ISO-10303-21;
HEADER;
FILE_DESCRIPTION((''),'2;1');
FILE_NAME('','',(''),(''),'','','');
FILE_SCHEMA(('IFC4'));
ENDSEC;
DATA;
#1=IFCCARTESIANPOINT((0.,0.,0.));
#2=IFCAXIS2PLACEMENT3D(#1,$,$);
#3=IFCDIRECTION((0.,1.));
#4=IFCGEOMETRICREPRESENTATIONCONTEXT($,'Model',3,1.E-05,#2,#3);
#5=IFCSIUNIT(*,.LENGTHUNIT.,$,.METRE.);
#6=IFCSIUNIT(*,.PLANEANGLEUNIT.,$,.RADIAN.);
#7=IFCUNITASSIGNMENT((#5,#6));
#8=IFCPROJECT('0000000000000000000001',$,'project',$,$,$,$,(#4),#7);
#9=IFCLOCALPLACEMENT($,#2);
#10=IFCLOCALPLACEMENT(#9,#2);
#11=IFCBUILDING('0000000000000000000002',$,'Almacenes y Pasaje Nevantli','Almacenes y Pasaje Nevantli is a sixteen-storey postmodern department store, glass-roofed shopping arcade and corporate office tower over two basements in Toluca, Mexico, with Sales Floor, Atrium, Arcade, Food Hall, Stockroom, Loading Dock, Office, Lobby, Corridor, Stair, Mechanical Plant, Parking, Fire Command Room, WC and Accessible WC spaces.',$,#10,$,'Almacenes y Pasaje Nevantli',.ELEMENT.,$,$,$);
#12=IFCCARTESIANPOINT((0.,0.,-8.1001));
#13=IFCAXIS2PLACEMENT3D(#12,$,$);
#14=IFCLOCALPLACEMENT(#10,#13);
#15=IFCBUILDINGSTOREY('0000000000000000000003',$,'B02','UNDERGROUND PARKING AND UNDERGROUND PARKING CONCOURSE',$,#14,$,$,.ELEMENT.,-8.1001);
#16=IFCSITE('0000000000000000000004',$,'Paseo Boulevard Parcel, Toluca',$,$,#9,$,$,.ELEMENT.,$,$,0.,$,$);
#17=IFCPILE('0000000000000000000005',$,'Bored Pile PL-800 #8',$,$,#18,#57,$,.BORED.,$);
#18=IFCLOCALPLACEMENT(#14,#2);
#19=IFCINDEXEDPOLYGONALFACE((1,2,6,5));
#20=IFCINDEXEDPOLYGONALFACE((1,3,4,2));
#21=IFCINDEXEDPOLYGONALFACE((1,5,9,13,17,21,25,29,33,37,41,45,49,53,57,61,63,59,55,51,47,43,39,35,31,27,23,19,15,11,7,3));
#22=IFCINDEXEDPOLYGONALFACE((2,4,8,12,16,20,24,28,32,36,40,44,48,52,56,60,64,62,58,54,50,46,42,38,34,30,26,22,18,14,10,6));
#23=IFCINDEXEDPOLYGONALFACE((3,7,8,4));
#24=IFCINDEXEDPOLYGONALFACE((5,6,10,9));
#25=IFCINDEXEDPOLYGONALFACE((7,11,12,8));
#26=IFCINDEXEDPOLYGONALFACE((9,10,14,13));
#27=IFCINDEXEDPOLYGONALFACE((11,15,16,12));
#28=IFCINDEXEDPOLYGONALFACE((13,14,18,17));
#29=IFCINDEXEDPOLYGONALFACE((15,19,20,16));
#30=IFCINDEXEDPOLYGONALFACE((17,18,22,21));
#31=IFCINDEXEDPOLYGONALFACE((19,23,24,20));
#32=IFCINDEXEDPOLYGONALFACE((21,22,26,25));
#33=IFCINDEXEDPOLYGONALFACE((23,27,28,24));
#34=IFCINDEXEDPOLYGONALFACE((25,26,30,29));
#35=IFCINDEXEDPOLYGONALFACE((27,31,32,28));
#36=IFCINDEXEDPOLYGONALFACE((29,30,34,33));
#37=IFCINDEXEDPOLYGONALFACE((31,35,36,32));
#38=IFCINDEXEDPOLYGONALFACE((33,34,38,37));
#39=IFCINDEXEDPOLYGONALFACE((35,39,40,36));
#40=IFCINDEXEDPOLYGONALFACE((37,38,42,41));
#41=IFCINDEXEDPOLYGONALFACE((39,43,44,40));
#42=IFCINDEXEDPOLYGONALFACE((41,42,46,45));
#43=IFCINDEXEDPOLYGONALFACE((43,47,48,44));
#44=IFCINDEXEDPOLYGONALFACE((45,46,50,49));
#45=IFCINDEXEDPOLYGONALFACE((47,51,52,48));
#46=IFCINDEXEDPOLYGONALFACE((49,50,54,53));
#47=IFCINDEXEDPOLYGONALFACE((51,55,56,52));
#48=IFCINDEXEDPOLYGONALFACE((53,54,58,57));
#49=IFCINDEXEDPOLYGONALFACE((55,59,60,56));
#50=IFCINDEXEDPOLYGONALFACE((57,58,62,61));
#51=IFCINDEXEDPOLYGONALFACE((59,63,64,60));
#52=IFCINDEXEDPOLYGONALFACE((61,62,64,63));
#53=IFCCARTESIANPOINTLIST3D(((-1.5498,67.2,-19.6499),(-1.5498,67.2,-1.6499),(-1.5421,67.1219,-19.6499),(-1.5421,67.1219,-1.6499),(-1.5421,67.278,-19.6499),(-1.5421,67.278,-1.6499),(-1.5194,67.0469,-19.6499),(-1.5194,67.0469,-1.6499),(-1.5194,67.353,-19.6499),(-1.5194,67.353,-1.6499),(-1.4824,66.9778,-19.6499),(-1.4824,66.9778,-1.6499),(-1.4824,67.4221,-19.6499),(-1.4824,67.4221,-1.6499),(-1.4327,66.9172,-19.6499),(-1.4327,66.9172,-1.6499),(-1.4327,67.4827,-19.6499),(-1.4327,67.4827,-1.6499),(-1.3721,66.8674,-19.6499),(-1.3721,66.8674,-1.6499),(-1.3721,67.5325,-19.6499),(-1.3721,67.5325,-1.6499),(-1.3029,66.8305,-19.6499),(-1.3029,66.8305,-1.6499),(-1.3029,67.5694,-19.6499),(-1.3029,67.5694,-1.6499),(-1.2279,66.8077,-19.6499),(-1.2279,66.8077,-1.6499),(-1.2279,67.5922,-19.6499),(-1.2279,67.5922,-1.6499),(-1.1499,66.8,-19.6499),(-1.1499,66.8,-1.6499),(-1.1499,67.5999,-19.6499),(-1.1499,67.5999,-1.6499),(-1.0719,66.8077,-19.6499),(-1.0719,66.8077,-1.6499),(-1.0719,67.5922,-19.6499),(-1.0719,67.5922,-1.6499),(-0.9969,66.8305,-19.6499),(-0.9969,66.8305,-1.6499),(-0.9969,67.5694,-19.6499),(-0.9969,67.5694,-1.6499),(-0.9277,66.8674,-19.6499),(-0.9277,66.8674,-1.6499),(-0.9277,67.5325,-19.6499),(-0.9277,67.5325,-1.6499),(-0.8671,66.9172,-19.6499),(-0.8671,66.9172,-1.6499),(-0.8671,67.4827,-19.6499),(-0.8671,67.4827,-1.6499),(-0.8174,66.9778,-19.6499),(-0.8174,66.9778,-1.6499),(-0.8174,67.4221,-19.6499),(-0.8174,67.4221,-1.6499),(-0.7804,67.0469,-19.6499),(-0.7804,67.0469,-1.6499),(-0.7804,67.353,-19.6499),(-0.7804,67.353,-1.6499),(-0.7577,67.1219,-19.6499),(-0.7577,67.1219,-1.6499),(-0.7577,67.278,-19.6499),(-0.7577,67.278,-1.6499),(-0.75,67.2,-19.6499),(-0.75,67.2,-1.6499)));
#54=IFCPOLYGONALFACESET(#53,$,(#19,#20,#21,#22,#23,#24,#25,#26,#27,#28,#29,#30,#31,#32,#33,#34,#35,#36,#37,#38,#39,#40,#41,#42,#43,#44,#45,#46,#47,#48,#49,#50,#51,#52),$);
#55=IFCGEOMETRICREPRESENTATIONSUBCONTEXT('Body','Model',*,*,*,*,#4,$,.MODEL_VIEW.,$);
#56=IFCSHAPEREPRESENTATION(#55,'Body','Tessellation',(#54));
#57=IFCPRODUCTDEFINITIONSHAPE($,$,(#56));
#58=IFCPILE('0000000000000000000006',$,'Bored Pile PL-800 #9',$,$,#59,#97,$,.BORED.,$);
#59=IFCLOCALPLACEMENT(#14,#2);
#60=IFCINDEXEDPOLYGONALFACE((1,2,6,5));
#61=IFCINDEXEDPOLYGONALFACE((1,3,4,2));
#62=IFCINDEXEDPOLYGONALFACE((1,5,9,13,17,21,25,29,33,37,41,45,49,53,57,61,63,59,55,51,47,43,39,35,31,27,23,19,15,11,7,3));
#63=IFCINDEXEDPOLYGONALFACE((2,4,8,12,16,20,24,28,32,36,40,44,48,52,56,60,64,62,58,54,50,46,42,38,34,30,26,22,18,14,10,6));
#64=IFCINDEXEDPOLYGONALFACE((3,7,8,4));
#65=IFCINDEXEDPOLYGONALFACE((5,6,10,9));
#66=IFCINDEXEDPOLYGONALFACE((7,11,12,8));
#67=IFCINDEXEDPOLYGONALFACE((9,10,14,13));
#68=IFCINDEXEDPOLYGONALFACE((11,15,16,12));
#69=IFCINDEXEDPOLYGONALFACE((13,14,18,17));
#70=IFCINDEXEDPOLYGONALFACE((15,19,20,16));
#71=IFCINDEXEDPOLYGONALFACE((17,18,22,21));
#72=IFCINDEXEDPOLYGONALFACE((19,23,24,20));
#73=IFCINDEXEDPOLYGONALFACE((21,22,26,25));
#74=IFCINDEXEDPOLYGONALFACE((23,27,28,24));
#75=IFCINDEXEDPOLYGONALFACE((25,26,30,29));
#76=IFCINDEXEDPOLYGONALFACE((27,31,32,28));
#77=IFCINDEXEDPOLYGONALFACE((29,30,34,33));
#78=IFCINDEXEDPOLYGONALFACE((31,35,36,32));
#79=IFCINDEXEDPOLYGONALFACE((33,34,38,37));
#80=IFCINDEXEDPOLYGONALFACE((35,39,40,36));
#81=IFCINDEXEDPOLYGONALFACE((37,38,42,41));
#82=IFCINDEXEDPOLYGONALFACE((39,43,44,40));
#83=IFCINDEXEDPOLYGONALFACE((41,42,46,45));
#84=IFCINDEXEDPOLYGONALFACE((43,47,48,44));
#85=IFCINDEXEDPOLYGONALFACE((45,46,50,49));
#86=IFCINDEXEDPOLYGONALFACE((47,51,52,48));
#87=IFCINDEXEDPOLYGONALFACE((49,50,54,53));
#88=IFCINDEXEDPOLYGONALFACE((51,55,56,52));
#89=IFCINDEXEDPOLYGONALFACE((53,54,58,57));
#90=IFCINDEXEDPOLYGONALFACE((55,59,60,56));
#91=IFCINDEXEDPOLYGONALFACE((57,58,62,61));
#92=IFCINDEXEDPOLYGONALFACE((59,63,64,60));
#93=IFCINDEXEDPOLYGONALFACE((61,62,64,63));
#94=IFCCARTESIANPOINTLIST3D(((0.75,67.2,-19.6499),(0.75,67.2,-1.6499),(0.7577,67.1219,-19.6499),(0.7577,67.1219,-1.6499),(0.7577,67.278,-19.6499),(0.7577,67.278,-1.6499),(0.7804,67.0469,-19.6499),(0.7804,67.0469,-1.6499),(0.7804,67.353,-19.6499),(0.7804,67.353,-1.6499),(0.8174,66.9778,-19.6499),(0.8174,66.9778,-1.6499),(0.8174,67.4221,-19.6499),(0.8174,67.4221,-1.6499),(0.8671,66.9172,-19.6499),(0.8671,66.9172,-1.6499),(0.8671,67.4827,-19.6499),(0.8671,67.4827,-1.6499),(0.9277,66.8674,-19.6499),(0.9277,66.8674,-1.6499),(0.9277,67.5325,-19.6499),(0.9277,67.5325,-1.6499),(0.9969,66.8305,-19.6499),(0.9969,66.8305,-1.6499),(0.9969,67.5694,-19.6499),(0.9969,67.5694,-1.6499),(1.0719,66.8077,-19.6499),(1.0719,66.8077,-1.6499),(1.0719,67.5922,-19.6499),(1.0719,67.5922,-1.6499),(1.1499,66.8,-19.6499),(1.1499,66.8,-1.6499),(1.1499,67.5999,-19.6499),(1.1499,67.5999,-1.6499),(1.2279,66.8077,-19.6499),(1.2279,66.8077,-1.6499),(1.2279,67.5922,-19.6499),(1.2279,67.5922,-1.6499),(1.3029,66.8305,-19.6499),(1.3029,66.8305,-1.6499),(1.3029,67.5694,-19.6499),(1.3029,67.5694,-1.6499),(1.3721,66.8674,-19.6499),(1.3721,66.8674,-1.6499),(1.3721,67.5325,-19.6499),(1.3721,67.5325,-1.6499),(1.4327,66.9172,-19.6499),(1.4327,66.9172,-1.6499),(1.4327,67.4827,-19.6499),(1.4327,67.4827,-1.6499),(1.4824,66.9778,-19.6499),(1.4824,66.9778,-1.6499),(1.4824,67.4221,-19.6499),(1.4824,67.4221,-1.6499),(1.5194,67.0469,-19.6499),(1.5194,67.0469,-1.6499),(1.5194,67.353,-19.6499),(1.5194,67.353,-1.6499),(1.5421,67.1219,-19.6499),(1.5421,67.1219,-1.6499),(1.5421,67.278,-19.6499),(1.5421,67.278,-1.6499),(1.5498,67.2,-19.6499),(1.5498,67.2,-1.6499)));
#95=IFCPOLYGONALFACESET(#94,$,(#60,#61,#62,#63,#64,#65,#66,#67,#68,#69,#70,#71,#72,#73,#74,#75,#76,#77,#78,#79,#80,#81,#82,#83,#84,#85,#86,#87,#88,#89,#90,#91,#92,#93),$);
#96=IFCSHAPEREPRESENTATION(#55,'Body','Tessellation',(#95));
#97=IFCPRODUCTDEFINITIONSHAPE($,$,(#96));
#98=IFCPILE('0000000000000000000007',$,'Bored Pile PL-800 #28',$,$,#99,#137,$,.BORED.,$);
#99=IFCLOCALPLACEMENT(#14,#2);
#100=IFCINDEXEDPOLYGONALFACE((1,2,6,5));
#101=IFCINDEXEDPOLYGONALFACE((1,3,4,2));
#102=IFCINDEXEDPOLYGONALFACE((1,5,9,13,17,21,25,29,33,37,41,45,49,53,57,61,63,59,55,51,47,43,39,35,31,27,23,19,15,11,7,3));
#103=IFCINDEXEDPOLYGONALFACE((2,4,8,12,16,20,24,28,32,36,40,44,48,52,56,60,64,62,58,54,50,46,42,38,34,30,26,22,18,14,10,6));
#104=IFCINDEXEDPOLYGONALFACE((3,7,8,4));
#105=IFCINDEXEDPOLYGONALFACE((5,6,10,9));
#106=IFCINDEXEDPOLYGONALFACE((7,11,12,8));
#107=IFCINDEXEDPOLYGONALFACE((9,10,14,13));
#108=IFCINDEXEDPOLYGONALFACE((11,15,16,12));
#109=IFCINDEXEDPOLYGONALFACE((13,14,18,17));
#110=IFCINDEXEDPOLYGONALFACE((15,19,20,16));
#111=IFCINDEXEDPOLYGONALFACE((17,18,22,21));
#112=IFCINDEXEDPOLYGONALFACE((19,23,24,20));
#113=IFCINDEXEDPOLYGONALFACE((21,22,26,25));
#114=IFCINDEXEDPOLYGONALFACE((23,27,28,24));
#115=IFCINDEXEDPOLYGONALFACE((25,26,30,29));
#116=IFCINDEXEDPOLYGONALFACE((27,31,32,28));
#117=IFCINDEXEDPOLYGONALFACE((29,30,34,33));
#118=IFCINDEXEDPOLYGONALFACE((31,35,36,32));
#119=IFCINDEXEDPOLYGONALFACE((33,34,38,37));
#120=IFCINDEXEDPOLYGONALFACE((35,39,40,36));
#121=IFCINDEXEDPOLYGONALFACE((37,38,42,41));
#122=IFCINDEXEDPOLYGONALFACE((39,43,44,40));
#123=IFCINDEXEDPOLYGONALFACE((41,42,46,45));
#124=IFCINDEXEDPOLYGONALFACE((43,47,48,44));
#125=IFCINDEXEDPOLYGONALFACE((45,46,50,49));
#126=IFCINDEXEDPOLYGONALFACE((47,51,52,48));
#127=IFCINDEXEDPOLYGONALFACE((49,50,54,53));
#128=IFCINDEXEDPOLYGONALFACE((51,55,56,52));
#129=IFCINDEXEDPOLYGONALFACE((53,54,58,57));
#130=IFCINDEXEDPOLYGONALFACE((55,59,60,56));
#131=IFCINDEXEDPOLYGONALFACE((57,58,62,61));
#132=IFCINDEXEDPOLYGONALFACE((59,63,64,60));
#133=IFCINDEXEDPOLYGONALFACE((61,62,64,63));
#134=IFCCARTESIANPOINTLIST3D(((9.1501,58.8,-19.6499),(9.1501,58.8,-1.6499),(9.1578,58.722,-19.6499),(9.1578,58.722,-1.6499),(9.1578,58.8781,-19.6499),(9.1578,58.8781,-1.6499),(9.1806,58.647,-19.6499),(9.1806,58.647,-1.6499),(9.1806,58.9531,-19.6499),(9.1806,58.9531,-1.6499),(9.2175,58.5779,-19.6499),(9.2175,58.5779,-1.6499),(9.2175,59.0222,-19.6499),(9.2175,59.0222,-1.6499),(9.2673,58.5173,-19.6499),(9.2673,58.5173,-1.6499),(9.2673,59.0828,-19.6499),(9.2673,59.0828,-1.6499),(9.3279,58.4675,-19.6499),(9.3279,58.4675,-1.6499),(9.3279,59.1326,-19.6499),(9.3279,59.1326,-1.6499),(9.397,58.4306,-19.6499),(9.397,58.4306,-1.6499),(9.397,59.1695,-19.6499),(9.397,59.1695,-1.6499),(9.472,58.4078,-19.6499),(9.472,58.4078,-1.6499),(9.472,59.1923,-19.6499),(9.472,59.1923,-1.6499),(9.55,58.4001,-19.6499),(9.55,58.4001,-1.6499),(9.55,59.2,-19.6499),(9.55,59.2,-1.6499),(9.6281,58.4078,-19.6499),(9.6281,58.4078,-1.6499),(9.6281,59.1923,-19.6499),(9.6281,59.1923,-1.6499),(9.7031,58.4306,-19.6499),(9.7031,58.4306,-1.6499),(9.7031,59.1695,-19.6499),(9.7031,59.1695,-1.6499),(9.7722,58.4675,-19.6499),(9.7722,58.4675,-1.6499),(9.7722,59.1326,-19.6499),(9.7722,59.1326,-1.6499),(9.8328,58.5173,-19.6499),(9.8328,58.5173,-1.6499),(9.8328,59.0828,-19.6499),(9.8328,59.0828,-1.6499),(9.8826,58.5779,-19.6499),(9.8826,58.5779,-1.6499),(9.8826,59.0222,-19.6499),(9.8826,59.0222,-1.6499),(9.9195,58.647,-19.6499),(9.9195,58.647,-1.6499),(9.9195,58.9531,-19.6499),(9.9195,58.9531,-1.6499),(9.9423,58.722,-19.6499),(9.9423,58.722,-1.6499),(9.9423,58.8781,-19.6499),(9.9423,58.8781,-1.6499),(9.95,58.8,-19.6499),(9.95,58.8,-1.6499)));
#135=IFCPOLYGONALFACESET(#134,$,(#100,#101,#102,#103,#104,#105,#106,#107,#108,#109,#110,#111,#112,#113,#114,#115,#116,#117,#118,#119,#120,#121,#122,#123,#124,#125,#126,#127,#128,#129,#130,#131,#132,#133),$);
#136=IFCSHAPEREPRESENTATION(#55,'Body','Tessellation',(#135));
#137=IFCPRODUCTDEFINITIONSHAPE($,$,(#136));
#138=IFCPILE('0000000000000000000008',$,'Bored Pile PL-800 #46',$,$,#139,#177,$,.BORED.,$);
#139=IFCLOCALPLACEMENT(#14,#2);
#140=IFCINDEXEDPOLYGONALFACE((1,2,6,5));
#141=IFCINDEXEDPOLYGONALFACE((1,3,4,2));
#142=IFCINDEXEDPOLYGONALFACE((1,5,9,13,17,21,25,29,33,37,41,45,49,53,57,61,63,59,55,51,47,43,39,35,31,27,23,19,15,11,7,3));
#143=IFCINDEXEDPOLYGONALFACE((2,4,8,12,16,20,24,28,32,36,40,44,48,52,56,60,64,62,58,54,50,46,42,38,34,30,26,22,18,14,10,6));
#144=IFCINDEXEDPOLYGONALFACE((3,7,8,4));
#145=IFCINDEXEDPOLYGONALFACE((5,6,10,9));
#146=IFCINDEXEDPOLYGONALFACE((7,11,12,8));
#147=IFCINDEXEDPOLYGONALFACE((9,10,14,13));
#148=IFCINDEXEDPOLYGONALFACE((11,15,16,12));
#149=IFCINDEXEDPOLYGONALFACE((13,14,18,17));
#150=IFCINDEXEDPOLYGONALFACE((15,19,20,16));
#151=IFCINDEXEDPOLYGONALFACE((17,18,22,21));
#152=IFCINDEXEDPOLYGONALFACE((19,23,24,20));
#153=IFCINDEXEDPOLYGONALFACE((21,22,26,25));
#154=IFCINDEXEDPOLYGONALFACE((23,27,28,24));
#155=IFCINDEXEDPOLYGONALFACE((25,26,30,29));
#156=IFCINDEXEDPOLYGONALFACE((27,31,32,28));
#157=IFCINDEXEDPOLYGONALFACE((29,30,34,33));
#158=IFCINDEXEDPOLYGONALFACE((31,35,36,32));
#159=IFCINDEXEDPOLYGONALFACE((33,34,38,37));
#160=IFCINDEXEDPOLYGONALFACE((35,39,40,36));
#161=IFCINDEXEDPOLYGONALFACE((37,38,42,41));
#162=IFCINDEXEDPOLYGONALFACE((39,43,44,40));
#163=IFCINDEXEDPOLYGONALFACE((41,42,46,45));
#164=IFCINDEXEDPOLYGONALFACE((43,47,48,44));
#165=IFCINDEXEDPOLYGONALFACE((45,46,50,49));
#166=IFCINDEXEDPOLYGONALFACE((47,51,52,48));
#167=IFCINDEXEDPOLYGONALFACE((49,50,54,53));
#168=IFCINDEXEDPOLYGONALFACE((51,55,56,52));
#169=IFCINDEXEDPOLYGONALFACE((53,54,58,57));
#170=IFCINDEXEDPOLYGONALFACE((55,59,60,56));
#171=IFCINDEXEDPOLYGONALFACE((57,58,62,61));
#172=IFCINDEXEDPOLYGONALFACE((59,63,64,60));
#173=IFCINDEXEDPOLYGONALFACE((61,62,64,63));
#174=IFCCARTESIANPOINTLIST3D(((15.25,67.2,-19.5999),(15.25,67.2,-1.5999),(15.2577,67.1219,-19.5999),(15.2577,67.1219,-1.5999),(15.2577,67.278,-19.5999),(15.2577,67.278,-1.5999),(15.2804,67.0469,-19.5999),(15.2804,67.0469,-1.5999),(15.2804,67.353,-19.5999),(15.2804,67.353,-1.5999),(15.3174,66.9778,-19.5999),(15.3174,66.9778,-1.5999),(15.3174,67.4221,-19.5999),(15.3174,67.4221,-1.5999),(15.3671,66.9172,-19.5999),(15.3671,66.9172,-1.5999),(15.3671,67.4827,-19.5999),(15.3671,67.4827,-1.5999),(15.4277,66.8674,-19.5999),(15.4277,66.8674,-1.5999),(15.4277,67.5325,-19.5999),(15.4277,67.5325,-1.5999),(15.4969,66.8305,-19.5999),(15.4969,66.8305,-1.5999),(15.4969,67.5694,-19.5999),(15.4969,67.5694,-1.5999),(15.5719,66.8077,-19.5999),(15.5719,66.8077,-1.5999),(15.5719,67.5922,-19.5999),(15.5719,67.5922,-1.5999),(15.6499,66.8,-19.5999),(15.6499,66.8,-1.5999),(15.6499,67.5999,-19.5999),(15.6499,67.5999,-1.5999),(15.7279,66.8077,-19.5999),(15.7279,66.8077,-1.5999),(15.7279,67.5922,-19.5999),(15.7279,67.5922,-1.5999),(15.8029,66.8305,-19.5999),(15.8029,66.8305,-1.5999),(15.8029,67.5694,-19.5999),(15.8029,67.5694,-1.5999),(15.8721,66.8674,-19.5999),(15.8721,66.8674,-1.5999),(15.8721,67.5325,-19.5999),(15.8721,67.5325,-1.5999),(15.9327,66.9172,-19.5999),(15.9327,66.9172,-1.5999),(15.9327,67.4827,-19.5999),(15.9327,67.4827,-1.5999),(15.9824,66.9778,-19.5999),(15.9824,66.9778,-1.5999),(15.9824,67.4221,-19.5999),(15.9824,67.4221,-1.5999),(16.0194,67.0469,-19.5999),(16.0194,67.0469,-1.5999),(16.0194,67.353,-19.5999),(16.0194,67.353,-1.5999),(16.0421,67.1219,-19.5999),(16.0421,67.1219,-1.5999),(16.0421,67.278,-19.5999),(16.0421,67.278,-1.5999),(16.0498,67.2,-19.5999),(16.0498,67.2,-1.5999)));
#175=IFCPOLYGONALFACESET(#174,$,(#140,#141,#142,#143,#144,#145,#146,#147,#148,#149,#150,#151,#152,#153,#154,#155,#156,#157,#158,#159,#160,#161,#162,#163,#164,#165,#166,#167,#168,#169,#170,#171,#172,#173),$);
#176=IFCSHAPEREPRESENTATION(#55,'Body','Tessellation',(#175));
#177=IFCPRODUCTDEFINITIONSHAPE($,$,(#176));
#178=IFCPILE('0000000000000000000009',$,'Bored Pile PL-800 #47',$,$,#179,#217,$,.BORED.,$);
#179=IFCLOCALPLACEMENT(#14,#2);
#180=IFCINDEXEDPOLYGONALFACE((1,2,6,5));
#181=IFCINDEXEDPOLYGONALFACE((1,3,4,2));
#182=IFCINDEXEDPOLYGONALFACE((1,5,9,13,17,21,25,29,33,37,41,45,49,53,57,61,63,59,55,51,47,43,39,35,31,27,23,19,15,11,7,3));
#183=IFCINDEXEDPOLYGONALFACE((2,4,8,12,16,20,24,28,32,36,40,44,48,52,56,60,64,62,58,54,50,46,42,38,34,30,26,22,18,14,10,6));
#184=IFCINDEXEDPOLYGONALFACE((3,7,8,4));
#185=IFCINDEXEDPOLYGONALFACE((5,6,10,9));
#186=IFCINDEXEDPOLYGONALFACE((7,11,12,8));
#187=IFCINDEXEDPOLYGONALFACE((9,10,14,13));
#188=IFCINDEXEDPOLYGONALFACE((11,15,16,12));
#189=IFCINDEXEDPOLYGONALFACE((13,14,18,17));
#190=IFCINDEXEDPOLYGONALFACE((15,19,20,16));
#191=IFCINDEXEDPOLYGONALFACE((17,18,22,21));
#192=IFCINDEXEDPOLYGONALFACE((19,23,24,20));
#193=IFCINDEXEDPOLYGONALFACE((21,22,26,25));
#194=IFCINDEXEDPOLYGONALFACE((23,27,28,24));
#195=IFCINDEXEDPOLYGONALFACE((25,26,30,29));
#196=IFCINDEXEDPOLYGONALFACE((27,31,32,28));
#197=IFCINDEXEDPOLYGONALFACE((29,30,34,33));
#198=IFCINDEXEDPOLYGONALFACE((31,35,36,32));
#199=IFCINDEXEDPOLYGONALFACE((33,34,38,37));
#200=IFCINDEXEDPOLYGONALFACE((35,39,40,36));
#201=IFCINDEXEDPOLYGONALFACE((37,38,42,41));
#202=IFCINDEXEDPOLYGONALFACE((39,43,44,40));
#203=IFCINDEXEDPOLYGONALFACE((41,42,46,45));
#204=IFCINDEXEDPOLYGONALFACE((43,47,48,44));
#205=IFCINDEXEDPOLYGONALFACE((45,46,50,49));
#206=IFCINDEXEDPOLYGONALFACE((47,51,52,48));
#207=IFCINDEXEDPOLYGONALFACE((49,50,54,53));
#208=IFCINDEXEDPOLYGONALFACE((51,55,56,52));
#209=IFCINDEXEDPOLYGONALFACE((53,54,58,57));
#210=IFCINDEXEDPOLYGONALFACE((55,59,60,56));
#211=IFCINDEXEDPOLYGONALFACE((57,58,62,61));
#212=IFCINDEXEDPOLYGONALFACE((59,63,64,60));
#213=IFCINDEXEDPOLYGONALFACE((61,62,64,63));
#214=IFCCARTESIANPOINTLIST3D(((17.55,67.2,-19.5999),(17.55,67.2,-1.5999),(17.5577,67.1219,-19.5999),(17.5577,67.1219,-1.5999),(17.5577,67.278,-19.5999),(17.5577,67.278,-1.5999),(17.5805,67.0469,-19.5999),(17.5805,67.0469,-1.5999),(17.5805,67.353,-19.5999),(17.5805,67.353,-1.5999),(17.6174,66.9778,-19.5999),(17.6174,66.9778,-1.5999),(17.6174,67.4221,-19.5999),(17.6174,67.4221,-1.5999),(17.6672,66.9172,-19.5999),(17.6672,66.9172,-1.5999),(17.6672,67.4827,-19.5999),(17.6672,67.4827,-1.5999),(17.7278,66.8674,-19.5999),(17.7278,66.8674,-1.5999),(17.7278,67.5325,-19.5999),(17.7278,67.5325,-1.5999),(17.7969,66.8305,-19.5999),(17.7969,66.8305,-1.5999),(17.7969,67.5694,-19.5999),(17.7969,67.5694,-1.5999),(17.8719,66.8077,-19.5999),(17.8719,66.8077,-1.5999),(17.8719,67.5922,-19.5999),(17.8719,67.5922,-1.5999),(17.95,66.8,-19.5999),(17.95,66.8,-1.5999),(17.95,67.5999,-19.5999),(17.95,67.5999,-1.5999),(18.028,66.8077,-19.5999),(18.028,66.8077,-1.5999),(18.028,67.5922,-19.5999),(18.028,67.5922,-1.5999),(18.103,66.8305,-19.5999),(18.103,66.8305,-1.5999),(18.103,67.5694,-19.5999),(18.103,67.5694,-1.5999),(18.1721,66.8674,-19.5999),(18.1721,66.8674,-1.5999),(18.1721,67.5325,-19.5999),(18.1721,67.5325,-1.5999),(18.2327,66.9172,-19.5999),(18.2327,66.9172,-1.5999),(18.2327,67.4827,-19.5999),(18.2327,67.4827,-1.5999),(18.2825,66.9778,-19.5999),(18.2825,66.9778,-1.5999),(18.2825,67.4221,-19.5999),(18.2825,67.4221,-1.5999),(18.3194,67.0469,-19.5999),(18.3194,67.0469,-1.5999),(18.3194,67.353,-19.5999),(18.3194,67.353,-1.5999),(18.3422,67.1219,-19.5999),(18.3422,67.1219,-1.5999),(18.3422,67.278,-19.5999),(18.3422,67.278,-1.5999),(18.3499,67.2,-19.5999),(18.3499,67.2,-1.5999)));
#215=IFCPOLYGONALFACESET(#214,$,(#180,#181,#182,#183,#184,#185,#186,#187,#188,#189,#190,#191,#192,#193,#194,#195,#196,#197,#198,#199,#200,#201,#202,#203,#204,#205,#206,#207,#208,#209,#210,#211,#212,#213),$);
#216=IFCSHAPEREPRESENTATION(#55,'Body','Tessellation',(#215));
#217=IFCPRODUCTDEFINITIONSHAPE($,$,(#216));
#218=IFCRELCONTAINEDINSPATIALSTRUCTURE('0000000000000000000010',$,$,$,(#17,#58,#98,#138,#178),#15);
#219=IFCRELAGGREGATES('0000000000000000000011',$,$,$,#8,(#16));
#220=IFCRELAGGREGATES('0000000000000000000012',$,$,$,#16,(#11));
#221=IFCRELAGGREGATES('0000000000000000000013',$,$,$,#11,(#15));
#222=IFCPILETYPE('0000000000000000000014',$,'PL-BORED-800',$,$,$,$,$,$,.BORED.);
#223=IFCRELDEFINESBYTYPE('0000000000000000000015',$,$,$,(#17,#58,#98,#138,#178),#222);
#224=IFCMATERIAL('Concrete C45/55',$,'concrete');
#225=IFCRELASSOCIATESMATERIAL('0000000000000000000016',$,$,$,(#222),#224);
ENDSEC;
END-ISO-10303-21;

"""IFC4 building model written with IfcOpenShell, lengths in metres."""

from ifc_helpers import new_model, si_unit, direction, frame, origin, origin_2d, place, context, subcontext, project, spatial, circle, extrude, material, material_profile, profile_set, type_object, element, save


model = new_model("IFC4")

# Units and contexts
model_context = context("Model", 3, precision=1e-05, world=origin(), true_north=direction((0.0, 1.0)))
body_context = subcontext(model_context, "Body", "Model", "MODEL_VIEW")
ifc_project = project(units=[si_unit("LENGTHUNIT", "METRE"), si_unit("PLANEANGLEUNIT", "RADIAN")], contexts=[model_context])

# Site, building, storey
site_placement = place(None, origin())
site = spatial("IfcSite", under=ifc_project, at=site_placement, Name="Paseo Boulevard Parcel, Toluca", CompositionType="ELEMENT", RefElevation=0.0)
building_placement = place(site_placement, origin())
building = spatial("IfcBuilding", under=site, at=building_placement, Name="Almacenes y Pasaje Nevantli", Description="Almacenes y Pasaje Nevantli is a sixteen-storey postmodern department store, glass-roofed shopping arcade and corporate office tower over two basements in Toluca, Mexico, with Sales Floor, Atrium, Arcade, Food Hall, Stockroom, Loading Dock, Office, Lobby, Corridor, Stair, Mechanical Plant, Parking, Fire Command Room, WC and Accessible WC spaces.", LongName="Almacenes y Pasaje Nevantli", CompositionType="ELEMENT")
storey_placement = place(building_placement, frame((0.0, 0.0, -8.1001)))
storey = spatial("IfcBuildingStorey", under=building, at=storey_placement, Name="B02", Description="UNDERGROUND PARKING AND UNDERGROUND PARKING CONCOURSE", CompositionType="ELEMENT", Elevation=-8.1001)

# Piles
ifc_material_1 = material(Name="Concrete C45/55", Category="concrete")
ifc_material_profile_1 = material_profile(ifc_material_1, circle(Radius=0.3999, at=origin_2d()), Name="RC-PILE-D800")
ifc_profile_set_1 = profile_set([ifc_material_profile_1], Name="Concrete C45/55")
pile_type_1 = type_object("IfcPileType", Name="PL-BORED-800", PredefinedType="BORED", material=ifc_profile_set_1)
for number, where, z_axis, x_axis, name in (
    (1, (-1.1499, 67.2, -1.6499), (0.0, 0.0, -1.0), (1.0, 0.0, 0.0), "Bored Pile PL-800 #8"),
    (2, (1.1499, 67.2, -1.6499), (0.0, 0.0, -1.0), (1.0, 0.0, 0.0), "Bored Pile PL-800 #9"),
    (3, (9.55, 58.8, -1.6499), (0.0, 0.0, -1.0), (1.0, 0.0, 0.0), "Bored Pile PL-800 #28"),
    (4, (15.6499, 67.2, -1.5999), (0.0, 0.0, -1.0), (1.0, 0.0, 0.0), "Bored Pile PL-800 #46"),
    (5, (17.95, 67.2, -1.5999), (0.0, 0.0, -1.0), (1.0, 0.0, 0.0), "Bored Pile PL-800 #47"),
):
    element("IfcPile", number, at=place(storey_placement, frame(where, z_axis=z_axis, x_axis=x_axis)), inside=storey, type_object=pile_type_1, Name=name, PredefinedType="BORED", context=body_context, shape_type="SweptSolid", body=[
        extrude(circle(Radius=0.3999, at=origin_2d()), origin(), (0.0, 0.0, 1.0), 18.0),
    ])

save(model, "model.ifc")
